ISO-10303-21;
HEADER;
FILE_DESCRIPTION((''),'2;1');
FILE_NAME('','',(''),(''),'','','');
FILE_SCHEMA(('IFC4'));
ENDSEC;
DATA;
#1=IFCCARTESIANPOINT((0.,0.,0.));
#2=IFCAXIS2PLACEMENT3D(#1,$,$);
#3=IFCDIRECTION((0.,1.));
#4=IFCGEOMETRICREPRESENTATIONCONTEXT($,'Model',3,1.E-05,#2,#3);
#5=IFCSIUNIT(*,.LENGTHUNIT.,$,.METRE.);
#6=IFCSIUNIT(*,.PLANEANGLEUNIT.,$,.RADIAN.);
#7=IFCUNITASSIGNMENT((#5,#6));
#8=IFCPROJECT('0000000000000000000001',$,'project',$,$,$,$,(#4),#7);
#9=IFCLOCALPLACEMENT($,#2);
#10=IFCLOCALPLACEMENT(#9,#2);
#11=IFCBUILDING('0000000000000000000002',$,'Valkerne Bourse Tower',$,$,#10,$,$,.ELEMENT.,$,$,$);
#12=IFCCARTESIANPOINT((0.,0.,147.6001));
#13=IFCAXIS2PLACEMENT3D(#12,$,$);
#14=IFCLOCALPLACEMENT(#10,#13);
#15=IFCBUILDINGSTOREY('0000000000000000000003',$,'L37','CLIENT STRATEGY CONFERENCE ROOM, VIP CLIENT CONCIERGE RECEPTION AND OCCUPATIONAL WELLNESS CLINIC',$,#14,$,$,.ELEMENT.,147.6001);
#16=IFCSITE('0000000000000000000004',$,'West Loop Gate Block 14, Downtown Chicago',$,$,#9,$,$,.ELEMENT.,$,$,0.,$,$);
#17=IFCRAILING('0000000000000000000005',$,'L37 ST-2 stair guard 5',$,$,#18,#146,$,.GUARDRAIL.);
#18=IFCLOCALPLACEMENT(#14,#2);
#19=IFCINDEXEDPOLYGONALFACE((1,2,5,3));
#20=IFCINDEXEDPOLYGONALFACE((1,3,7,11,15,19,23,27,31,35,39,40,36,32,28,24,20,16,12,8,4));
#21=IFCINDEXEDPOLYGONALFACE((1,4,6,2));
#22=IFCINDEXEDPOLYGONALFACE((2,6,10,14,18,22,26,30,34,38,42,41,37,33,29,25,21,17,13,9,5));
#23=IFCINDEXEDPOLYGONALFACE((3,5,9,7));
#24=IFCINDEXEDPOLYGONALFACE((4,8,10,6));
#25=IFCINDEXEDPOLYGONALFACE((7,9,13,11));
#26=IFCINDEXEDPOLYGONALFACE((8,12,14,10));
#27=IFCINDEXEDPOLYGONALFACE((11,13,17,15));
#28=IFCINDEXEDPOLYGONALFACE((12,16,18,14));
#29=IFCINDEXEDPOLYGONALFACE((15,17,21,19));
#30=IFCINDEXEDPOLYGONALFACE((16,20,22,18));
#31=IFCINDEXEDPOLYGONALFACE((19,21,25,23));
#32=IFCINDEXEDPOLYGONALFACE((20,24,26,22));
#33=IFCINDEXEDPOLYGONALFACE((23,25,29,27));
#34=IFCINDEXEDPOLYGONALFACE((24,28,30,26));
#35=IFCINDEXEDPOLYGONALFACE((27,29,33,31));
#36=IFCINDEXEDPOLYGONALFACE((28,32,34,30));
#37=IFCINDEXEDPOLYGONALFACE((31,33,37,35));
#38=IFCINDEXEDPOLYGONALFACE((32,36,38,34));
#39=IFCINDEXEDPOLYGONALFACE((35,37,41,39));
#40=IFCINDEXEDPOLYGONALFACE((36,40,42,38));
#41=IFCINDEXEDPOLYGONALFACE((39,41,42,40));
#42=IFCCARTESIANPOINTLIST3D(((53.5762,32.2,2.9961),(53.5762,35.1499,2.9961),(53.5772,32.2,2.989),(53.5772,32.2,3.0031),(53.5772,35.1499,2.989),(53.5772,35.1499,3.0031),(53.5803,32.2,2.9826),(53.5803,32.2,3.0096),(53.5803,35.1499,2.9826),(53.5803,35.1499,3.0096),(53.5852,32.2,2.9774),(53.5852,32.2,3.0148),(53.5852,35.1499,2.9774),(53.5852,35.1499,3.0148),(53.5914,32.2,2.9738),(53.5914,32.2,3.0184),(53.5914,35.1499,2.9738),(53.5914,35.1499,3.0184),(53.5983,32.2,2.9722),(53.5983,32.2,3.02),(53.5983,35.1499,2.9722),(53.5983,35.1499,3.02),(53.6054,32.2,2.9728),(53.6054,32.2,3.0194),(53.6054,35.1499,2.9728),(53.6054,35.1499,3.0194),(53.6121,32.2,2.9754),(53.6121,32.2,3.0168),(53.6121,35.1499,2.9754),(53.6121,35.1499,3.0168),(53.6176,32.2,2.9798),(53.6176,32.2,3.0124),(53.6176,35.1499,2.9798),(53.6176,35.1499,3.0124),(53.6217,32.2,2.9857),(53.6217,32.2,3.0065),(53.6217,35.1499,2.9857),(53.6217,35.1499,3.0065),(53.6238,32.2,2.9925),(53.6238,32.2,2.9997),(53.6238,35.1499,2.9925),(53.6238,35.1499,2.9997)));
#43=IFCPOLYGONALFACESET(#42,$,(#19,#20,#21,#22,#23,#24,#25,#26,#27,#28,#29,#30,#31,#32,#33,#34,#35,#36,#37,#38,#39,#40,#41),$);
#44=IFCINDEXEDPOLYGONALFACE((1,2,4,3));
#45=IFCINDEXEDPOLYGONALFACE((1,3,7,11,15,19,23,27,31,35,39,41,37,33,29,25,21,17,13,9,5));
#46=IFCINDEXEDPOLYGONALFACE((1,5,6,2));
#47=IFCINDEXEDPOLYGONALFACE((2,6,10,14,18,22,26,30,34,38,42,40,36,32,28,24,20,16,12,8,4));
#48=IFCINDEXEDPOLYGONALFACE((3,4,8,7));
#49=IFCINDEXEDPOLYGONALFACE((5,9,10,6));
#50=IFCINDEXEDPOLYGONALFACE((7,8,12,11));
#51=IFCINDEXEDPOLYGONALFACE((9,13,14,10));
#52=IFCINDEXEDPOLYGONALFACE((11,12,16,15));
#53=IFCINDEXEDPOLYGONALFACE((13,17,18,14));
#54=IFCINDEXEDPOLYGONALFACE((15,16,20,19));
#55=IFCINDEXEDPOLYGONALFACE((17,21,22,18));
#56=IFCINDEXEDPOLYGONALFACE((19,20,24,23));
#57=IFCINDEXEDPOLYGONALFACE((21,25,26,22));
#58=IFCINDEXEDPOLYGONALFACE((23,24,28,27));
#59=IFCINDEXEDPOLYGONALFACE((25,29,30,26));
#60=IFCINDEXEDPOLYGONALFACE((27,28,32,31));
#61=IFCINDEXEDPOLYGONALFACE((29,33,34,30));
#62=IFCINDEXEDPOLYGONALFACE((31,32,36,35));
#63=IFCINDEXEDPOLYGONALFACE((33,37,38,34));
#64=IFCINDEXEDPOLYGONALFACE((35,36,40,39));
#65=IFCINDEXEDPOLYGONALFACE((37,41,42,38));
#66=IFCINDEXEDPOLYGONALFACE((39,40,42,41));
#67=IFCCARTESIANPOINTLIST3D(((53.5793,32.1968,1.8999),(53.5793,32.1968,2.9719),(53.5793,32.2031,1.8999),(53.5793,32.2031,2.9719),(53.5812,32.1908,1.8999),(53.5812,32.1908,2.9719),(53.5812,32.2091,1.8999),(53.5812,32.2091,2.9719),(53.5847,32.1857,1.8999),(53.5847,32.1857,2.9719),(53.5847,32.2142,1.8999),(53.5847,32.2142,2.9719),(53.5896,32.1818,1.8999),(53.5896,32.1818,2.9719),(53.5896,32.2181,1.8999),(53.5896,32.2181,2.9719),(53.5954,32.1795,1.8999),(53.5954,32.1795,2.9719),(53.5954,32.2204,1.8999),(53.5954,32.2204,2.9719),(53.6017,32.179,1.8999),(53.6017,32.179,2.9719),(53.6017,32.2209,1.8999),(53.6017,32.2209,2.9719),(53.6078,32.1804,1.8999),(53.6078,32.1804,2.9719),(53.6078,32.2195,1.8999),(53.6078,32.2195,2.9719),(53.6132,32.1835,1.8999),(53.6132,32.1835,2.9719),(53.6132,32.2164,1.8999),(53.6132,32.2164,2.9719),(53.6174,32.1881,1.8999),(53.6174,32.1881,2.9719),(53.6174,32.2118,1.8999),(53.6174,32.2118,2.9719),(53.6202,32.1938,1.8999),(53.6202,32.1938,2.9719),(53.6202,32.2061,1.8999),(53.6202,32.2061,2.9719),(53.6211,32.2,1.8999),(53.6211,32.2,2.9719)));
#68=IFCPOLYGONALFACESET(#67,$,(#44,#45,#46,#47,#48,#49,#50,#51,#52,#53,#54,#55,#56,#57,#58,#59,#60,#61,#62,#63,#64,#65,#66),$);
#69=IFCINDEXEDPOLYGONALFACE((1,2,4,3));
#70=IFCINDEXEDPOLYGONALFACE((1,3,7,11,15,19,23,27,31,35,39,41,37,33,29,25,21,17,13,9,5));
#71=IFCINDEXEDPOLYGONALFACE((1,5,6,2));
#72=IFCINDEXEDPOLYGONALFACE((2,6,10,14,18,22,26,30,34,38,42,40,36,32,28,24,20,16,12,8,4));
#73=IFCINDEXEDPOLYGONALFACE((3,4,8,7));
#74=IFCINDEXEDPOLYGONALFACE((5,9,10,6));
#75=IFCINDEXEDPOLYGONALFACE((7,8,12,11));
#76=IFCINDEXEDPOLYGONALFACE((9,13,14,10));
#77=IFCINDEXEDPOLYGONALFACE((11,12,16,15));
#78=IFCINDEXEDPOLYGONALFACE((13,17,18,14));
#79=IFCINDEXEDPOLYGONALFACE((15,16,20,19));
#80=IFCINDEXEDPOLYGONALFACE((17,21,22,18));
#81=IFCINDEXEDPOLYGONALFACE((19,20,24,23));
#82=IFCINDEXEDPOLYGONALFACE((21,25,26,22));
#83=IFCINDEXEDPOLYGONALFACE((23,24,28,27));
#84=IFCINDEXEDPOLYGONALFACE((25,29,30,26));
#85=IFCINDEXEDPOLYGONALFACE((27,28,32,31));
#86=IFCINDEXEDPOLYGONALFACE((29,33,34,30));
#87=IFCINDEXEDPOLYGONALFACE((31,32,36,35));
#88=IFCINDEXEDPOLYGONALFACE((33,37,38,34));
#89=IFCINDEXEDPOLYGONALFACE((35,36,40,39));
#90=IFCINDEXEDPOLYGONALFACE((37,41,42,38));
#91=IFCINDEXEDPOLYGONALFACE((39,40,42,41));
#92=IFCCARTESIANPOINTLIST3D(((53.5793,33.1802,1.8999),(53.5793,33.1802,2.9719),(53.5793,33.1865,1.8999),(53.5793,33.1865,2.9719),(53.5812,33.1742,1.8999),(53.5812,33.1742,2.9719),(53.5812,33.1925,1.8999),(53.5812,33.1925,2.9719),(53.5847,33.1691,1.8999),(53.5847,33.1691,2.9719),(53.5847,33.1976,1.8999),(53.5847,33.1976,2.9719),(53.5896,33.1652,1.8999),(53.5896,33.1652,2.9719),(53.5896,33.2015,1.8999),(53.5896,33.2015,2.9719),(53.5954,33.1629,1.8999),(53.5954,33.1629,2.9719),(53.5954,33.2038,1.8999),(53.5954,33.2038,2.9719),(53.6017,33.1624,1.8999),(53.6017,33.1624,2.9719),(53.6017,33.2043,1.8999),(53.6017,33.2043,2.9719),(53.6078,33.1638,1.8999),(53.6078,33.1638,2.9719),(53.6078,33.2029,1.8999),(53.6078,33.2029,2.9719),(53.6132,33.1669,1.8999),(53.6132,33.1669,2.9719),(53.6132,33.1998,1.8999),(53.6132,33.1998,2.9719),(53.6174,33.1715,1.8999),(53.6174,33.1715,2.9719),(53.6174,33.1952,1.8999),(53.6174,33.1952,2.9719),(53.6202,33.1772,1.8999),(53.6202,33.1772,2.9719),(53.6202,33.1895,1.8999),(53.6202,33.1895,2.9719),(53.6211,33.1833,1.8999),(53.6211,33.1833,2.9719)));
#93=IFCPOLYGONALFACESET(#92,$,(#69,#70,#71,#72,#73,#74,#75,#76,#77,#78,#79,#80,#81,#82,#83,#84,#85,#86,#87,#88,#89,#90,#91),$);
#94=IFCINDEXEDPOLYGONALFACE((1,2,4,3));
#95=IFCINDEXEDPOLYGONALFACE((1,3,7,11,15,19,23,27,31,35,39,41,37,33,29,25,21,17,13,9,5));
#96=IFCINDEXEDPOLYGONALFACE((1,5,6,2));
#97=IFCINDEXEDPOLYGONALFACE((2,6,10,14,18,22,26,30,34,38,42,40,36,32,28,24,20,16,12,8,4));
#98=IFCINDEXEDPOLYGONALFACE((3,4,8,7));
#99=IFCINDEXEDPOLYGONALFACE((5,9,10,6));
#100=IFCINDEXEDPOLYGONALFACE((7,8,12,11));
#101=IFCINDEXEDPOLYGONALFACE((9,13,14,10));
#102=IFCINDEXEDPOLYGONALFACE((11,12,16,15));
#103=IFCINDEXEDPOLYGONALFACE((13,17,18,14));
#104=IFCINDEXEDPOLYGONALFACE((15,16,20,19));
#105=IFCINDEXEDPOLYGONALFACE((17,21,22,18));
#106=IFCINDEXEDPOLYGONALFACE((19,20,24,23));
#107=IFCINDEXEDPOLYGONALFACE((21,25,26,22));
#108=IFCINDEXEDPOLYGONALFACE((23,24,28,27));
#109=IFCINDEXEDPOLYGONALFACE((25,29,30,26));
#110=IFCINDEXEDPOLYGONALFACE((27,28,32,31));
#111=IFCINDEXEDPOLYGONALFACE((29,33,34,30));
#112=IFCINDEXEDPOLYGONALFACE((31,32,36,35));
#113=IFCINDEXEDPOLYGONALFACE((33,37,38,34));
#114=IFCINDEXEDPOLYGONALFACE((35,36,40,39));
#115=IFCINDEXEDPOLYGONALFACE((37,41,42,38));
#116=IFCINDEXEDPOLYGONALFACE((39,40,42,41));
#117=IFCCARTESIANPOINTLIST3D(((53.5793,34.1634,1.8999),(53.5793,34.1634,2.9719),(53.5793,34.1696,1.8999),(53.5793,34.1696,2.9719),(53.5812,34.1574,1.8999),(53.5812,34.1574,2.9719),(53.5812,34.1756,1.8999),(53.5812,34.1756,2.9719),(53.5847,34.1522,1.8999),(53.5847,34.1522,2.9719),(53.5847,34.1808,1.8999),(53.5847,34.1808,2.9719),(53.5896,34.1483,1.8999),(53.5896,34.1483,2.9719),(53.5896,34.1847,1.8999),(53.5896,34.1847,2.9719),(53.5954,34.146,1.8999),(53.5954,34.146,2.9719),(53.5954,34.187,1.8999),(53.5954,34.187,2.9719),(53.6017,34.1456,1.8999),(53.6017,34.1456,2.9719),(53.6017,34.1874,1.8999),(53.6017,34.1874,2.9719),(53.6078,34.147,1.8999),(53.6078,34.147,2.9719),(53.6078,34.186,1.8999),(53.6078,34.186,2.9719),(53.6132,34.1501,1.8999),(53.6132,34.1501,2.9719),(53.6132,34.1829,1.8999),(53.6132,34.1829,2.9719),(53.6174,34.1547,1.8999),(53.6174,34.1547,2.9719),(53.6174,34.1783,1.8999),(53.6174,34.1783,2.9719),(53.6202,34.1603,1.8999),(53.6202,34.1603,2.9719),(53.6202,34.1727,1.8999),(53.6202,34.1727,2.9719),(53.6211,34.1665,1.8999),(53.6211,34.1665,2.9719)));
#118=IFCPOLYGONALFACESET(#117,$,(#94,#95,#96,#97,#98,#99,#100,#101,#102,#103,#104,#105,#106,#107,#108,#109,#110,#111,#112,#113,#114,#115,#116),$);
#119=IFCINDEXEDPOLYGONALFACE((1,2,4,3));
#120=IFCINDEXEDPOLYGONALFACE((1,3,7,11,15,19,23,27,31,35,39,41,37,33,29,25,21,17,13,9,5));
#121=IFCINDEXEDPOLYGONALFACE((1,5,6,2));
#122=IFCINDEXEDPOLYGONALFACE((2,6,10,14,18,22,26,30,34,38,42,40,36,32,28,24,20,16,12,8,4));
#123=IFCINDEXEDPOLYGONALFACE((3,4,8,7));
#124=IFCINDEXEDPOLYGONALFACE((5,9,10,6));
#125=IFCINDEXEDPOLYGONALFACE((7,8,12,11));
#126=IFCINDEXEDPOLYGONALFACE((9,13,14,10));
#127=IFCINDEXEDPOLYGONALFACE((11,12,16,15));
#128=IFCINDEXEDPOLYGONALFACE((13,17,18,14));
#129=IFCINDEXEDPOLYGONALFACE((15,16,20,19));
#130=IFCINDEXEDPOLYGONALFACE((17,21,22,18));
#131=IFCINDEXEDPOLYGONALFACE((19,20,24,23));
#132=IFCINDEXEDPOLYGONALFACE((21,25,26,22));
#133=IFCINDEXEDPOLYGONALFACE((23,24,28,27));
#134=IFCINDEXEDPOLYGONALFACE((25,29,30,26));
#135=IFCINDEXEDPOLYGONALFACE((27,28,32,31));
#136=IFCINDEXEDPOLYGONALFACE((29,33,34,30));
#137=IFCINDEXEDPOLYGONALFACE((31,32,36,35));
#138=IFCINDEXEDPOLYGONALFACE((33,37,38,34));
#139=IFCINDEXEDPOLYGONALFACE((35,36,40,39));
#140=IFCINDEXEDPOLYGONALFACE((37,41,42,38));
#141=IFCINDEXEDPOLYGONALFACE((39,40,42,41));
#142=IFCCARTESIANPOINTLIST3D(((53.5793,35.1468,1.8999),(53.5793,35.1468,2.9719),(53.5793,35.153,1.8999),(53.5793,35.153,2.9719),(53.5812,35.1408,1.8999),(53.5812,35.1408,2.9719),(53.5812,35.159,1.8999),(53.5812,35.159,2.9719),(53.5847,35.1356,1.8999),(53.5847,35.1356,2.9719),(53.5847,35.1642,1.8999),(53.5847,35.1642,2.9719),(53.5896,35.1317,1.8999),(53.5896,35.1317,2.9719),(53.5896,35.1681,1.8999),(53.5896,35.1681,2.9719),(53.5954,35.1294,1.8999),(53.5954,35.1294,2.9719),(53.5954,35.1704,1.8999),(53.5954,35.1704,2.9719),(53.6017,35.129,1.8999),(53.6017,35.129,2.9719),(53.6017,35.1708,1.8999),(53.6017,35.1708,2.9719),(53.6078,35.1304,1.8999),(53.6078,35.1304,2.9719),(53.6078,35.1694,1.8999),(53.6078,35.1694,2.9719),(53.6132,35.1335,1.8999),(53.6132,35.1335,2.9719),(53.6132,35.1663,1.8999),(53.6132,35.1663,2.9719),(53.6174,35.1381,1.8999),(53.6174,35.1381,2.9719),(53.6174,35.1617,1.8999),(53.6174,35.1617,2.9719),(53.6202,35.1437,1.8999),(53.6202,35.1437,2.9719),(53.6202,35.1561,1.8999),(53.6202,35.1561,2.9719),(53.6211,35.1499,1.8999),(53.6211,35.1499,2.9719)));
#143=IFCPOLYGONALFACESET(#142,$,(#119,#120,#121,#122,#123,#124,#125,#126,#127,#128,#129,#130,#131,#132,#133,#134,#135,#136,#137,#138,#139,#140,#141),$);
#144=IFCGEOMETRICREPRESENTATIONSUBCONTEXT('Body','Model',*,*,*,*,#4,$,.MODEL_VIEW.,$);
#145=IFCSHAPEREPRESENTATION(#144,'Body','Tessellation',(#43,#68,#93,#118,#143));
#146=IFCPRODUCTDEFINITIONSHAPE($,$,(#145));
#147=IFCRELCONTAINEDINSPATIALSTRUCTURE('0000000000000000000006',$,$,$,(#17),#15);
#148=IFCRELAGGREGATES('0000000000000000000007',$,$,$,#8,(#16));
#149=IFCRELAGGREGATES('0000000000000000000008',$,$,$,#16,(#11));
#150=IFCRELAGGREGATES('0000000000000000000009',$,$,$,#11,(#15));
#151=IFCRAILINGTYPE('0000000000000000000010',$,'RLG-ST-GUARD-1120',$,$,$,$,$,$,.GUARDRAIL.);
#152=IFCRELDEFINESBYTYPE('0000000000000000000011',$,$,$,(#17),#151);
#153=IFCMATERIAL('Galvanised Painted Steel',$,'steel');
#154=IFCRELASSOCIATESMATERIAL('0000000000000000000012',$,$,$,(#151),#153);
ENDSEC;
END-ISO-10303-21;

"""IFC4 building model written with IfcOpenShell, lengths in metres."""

from ifc_helpers import new_model, si_unit, direction, frame, origin, origin_2d, place, context, subcontext, project, spatial, circle, extrude, material, type_object, element, save


model = new_model("IFC4")

# Units and contexts
model_context = context("Model", 3, precision=1e-05, world=origin(), true_north=direction((0.0, 1.0)))
body_context = subcontext(model_context, "Body", "Model", "MODEL_VIEW")
ifc_project = project(units=[si_unit("LENGTHUNIT", "METRE"), si_unit("PLANEANGLEUNIT", "RADIAN")], contexts=[model_context])

# Site, building, storey
site_placement = place(None, origin())
site = spatial("IfcSite", under=ifc_project, at=site_placement, Name="West Loop Gate Block 14, Downtown Chicago", CompositionType="ELEMENT", RefElevation=0.0)
building_placement = place(site_placement, origin())
building = spatial("IfcBuilding", under=site, at=building_placement, Name="Valkerne Bourse Tower", CompositionType="ELEMENT")
storey_placement = place(building_placement, frame((0.0, 0.0, 147.6001)))
storey = spatial("IfcBuildingStorey", under=building, at=storey_placement, Name="L37", Description="CLIENT STRATEGY CONFERENCE ROOM, VIP CLIENT CONCIERGE RECEPTION AND OCCUPATIONAL WELLNESS CLINIC", CompositionType="ELEMENT", Elevation=147.6001)

# Railing
ifc_material_1 = material(Name="Galvanised Painted Steel", Category="steel")
railing_type = type_object("IfcRailingType", Name="RLG-ST-GUARD-1120", PredefinedType="GUARDRAIL", material=ifc_material_1)
railing_1_placement = place(storey_placement, frame((53.6001, 32.2, 1.8999)))
element("IfcRailing", 1, at=railing_1_placement, inside=storey, type_object=railing_type, Name="L37 ST-2 stair guard 5", PredefinedType="GUARDRAIL", context=body_context, shape_type="SweptSolid", body=[
    extrude(circle(Radius=0.0239, at=origin_2d()), frame((0.0, 0.0, 1.0962), z_axis=(0.0, 1.0, 0.0), x_axis=(-1.0, 0.0, 0.0)), (0.0, 0.0, 1.0), 2.95),
    extrude(circle(Radius=0.021, at=origin_2d()), origin(), (0.0, 0.0, 1.0), 1.072),
    extrude(circle(Radius=0.021, at=origin_2d()), frame((0.0, 0.9834, 0.0)), (0.0, 0.0, 1.0), 1.072),
    extrude(circle(Radius=0.021, at=origin_2d()), frame((0.0, 1.9666, 0.0)), (0.0, 0.0, 1.0), 1.072),
    extrude(circle(Radius=0.021, at=origin_2d()), frame((0.0, 2.95, 0.0)), (0.0, 0.0, 1.0), 1.072),
])

save(model, "model.ifc")
